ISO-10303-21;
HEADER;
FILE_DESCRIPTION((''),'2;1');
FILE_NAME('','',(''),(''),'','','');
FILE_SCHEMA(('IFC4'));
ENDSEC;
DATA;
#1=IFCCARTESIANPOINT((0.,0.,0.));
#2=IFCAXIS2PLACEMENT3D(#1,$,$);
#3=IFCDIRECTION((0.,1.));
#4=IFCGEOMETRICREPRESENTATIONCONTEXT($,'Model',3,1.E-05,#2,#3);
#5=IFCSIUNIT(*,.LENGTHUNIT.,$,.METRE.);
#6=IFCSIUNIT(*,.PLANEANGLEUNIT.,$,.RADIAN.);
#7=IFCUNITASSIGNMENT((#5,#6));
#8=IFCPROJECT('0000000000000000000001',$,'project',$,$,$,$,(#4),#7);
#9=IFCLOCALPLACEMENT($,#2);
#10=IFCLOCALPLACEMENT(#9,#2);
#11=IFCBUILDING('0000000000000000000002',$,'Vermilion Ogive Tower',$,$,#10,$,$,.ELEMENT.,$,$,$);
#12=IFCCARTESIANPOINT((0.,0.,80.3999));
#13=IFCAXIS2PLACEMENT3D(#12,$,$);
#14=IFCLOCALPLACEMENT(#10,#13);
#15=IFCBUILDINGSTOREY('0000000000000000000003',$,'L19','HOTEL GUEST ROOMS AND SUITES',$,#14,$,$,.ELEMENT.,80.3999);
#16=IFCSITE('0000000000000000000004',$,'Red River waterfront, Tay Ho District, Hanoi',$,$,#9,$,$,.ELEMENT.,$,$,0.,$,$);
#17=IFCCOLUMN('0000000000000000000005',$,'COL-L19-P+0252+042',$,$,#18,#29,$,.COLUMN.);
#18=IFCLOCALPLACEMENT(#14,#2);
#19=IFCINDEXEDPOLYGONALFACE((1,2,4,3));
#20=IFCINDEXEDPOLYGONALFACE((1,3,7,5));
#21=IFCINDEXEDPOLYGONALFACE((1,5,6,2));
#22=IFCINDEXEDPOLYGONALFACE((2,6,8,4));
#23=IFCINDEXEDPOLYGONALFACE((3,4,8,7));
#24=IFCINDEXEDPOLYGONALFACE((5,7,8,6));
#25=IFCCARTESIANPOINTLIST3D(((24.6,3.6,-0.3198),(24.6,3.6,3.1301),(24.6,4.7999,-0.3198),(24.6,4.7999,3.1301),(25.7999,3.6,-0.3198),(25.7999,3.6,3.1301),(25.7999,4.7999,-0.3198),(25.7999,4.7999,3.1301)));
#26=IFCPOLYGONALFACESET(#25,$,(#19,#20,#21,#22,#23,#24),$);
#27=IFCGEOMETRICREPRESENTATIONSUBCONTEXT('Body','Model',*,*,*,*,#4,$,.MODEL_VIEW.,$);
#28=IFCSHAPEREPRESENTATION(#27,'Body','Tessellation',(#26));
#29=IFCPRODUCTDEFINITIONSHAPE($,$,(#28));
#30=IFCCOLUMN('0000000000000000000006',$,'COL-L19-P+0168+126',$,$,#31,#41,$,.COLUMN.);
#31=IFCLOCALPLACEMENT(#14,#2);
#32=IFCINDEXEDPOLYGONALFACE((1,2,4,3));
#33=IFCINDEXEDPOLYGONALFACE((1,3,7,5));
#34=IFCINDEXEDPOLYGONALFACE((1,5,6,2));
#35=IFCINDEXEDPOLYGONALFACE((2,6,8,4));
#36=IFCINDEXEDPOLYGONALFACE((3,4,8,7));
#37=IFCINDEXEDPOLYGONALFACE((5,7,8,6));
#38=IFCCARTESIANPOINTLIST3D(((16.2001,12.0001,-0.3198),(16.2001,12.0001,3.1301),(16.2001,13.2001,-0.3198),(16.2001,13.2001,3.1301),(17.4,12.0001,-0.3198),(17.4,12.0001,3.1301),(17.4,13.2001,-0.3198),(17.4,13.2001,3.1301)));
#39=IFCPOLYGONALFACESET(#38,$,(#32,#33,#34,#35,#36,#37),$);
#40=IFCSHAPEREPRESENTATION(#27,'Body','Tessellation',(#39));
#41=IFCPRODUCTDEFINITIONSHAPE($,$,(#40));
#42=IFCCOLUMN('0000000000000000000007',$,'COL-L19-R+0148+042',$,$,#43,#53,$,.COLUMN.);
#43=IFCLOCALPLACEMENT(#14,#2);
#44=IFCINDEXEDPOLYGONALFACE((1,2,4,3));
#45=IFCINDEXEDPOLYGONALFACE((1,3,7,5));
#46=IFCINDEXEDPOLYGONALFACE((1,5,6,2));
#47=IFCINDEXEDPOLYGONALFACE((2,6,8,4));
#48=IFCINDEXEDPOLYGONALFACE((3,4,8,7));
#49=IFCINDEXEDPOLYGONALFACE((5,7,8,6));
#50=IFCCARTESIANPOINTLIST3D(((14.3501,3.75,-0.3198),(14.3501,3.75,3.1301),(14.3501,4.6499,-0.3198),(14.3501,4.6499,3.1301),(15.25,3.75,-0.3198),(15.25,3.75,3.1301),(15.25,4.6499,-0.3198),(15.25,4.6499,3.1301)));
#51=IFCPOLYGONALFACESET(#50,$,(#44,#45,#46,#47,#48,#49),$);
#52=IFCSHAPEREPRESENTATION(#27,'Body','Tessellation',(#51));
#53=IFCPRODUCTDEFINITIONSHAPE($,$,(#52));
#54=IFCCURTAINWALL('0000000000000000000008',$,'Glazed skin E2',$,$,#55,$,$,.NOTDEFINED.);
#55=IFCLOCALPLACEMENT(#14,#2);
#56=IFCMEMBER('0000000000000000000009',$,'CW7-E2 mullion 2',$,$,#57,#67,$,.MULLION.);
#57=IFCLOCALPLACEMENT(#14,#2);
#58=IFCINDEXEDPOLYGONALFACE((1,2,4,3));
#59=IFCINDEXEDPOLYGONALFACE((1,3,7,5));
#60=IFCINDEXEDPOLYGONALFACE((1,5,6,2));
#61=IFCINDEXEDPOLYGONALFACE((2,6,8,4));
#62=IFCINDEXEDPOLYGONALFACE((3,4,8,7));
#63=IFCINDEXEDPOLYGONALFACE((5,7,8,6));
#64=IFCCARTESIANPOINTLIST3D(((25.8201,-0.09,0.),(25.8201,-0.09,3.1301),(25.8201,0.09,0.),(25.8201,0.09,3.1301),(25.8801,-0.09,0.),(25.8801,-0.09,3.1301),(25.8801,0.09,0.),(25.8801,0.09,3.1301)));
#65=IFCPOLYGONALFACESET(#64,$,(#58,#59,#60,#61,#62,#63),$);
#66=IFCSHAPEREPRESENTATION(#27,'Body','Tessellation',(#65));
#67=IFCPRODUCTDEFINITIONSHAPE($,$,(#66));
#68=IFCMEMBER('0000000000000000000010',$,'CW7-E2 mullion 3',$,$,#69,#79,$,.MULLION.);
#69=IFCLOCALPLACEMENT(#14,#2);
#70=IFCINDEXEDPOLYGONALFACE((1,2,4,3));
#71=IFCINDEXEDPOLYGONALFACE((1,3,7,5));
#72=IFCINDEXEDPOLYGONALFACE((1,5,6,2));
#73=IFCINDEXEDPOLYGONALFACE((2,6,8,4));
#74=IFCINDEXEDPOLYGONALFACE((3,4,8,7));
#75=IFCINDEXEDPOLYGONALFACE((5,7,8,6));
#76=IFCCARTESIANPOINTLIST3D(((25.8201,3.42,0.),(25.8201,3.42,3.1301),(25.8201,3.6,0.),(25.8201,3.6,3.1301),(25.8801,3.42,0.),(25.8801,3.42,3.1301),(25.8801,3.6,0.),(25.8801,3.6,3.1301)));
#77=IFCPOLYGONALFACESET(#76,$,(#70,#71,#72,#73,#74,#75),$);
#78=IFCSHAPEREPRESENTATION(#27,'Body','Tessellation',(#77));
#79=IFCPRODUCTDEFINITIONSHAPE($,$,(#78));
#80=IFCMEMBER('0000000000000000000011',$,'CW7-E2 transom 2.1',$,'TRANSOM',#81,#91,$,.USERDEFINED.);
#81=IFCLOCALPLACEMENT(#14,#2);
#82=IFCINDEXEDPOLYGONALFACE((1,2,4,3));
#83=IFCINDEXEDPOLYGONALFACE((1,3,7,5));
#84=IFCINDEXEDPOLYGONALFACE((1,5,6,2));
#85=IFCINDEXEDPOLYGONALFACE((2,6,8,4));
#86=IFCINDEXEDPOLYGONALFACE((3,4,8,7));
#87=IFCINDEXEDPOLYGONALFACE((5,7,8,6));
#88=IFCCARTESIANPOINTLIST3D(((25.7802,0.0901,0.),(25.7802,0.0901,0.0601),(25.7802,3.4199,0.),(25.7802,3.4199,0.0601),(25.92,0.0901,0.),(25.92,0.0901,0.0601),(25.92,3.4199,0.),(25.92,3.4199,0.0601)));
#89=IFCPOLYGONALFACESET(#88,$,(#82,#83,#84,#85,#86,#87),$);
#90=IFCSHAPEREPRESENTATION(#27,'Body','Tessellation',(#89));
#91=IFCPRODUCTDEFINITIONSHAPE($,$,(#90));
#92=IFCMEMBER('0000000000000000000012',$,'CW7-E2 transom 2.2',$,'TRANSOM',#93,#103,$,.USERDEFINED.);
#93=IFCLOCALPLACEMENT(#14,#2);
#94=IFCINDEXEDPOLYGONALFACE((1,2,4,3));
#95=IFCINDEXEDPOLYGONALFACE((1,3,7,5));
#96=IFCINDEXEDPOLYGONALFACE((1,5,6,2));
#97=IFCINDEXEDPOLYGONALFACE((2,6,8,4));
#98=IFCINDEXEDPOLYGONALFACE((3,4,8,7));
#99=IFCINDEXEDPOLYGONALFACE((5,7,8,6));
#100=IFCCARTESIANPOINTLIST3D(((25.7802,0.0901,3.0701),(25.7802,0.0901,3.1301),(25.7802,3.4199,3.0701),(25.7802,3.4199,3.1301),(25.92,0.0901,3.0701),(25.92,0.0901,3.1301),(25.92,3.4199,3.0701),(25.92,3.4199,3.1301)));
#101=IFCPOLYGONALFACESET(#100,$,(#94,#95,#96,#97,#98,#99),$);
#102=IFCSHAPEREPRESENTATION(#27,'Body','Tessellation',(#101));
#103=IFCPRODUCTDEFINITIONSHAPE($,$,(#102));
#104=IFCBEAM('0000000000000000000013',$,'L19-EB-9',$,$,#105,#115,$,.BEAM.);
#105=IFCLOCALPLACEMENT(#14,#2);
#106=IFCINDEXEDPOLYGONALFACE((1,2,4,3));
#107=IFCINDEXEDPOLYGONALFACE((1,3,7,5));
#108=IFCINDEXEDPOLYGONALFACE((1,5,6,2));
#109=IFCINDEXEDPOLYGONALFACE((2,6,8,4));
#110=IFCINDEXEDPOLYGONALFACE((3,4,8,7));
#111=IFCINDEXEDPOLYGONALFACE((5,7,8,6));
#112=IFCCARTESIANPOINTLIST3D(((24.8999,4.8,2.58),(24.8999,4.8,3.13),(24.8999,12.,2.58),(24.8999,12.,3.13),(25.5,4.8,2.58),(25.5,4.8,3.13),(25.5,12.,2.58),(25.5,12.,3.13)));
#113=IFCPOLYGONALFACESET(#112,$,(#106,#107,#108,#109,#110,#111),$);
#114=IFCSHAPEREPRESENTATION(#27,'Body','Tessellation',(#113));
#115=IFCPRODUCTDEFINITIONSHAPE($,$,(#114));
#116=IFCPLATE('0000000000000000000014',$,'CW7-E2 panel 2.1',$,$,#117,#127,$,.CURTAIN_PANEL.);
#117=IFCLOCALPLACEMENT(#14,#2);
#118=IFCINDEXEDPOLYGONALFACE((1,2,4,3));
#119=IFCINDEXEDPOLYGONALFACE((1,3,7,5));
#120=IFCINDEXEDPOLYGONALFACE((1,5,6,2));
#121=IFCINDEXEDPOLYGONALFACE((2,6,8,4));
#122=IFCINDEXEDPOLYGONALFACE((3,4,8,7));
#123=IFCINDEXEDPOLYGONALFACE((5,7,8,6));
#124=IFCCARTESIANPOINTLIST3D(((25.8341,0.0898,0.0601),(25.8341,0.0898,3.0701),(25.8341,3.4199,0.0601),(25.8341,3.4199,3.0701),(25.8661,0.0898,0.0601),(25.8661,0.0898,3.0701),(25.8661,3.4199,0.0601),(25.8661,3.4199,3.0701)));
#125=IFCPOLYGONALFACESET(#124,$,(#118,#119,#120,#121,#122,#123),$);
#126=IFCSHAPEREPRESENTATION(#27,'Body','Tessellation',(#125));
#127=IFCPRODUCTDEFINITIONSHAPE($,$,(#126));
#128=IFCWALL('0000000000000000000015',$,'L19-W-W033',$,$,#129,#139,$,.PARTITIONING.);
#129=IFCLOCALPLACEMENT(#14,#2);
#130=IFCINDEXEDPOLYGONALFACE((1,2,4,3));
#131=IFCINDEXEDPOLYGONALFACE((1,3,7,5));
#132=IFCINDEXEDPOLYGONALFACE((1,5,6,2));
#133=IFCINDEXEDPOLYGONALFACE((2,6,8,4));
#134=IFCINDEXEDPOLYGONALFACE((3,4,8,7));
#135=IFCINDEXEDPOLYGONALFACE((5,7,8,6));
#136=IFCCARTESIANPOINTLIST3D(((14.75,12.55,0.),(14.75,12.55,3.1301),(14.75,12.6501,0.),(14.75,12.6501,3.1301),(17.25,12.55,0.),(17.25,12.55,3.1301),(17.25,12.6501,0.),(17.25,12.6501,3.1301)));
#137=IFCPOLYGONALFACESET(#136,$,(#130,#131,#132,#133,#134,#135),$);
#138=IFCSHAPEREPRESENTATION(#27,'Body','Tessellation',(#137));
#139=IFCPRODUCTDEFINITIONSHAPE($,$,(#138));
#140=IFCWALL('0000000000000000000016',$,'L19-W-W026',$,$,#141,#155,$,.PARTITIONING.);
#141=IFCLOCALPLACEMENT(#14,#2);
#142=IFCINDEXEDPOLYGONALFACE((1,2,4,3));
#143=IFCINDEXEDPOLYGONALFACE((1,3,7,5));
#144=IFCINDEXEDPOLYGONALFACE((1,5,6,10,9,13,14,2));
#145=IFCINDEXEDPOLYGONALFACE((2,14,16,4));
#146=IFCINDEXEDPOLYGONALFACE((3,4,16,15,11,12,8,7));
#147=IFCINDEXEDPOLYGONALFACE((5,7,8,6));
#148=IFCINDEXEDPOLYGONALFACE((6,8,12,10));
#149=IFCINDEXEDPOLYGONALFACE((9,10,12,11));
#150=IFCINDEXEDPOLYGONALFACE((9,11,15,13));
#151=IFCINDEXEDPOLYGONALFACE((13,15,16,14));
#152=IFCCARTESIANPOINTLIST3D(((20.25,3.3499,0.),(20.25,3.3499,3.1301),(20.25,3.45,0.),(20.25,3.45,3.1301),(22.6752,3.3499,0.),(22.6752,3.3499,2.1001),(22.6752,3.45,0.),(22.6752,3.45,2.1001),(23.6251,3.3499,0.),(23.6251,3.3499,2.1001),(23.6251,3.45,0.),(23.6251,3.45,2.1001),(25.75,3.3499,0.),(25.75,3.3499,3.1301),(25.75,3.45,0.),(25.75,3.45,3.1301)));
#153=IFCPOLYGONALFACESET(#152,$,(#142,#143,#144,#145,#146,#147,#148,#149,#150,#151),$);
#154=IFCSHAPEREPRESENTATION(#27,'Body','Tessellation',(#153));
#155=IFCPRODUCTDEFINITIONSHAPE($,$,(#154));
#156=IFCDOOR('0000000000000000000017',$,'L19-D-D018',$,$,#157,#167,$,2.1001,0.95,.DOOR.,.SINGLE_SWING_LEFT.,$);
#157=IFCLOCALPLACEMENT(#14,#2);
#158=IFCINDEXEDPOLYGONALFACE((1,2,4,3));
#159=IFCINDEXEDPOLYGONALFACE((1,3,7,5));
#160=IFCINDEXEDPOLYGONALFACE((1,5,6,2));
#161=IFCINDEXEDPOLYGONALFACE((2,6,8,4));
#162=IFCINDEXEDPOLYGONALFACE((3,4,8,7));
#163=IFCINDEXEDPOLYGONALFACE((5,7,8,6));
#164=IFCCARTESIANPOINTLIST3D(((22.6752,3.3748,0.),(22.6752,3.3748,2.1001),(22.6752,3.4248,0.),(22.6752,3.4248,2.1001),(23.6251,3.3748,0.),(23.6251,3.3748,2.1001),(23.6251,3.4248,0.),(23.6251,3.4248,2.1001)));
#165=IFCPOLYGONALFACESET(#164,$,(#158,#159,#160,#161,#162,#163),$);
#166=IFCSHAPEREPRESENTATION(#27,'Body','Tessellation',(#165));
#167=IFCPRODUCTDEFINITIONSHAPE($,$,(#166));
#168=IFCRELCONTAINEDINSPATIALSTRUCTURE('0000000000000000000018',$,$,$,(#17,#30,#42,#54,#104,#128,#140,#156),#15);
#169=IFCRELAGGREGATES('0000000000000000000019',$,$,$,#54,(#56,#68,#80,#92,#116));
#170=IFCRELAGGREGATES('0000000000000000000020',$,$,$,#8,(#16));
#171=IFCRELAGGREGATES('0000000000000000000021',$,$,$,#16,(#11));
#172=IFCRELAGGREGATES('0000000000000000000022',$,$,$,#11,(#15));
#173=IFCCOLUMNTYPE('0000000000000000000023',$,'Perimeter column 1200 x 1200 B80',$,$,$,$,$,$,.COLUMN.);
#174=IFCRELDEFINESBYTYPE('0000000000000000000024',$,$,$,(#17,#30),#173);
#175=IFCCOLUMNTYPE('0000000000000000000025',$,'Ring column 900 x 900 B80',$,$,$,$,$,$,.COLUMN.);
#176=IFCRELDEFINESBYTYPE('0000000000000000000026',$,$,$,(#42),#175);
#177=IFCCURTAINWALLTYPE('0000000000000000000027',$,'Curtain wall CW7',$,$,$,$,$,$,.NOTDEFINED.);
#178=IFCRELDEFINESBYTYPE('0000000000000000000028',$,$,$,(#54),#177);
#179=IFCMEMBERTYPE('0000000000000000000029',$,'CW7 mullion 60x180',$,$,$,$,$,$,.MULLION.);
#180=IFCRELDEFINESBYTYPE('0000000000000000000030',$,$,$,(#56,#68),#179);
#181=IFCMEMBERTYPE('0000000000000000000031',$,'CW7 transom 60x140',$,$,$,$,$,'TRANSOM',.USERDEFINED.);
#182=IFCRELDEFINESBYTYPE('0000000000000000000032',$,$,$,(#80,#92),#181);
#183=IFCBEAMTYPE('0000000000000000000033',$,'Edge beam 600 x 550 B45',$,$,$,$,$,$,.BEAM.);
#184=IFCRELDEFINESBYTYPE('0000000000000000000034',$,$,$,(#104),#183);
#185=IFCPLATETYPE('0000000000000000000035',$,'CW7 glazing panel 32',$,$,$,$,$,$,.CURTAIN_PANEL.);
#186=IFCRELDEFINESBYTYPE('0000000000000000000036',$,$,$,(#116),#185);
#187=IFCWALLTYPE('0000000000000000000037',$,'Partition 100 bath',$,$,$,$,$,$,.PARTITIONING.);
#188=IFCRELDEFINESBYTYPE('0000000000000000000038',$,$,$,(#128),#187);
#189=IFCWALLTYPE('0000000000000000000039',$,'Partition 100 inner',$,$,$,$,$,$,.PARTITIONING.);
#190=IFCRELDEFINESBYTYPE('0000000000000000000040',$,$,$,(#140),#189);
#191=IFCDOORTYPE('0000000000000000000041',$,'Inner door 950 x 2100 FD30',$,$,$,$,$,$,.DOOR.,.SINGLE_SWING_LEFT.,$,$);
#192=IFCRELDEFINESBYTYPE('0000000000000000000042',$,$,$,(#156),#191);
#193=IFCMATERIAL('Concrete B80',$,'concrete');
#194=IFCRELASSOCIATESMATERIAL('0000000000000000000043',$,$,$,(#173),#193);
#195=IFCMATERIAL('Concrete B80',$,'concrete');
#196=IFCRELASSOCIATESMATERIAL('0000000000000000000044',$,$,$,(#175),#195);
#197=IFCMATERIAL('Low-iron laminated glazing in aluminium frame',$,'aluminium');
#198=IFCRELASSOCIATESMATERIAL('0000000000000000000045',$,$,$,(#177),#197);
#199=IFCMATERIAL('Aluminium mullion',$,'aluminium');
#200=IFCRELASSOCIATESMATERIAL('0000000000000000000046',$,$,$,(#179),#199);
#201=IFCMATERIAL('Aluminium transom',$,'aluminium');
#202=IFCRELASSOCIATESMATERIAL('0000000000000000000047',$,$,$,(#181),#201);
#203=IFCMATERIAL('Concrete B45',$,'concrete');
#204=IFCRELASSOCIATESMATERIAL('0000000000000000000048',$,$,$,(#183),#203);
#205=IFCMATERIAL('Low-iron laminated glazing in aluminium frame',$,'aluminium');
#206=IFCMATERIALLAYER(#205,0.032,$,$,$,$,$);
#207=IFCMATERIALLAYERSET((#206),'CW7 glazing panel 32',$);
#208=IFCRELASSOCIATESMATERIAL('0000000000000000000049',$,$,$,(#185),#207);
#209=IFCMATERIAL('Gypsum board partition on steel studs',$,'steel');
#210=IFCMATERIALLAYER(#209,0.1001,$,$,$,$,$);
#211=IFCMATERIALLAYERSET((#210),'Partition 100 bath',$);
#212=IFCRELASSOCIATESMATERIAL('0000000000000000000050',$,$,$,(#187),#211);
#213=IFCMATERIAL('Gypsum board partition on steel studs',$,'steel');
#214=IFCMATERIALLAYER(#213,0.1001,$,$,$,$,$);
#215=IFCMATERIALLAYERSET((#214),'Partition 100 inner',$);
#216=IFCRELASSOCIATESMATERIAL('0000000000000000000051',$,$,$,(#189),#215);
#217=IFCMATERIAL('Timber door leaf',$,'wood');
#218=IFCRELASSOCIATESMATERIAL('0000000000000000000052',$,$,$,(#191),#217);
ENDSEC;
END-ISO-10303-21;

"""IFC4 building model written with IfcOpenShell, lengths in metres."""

from ifc_helpers import new_model, si_unit, direction, frame, frame_2d, origin, origin_2d, place, context, subcontext, project, spatial, rectangle, extrude, material, layer, layer_set, material_profile, profile_set, type_object, element, fill, aggregate, save


model = new_model("IFC4")

# Units and contexts
model_context = context("Model", 3, precision=1e-05, world=origin(), true_north=direction((0.0, 1.0)))
body_context = subcontext(model_context, "Body", "Model", "MODEL_VIEW")
ifc_project = project(units=[si_unit("LENGTHUNIT", "METRE"), si_unit("PLANEANGLEUNIT", "RADIAN")], contexts=[model_context])

# Site, building, storey
site_placement = place(None, origin())
site = spatial("IfcSite", under=ifc_project, at=site_placement, Name="Red River waterfront, Tay Ho District, Hanoi", CompositionType="ELEMENT", RefElevation=0.0)
building_placement = place(site_placement, origin())
building = spatial("IfcBuilding", under=site, at=building_placement, Name="Vermilion Ogive Tower", CompositionType="ELEMENT")
storey_placement = place(building_placement, frame((0.0, 0.0, 80.3999)))
storey = spatial("IfcBuildingStorey", under=building, at=storey_placement, Name="L19", Description="HOTEL GUEST ROOMS AND SUITES", CompositionType="ELEMENT", Elevation=80.3999)

# Columns
ifc_material_1 = material(Name="Concrete B80", Category="concrete")
ifc_material_profile_1 = material_profile(ifc_material_1, rectangle(XDim=1.2, YDim=1.2, at=origin_2d()), Name="1200 x 1200")
ifc_profile_set_1 = profile_set([ifc_material_profile_1], Name="Concrete B80")
column_type_1 = type_object("IfcColumnType", Name="Perimeter column 1200 x 1200 B80", PredefinedType="COLUMN", material=ifc_profile_set_1)
for number, where, z_axis, x_axis, name in (
    (1, (25.2, 4.2, -0.3198), (0.0, 0.0, 1.0), (1.0, 0.0, 0.0), "COL-L19-P+0252+042"),
    (2, (16.8, 12.6001, -0.3198), (0.0, 0.0, 1.0), (1.0, 0.0, 0.0), "COL-L19-P+0168+126"),
):
    element("IfcColumn", number, at=place(storey_placement, frame(where, z_axis=z_axis, x_axis=x_axis)), inside=storey, type_object=column_type_1, Name=name, PredefinedType="COLUMN", context=body_context, shape_type="SweptSolid", body=[
        extrude(rectangle(XDim=1.2, YDim=1.2, at=origin_2d()), origin(), (0.0, 0.0, 1.0), 3.45),
    ])
ifc_material_2 = material(Name="Concrete B80", Category="concrete")
ifc_material_profile_2 = material_profile(ifc_material_2, rectangle(XDim=0.8999, YDim=0.8999, at=origin_2d()), Name="900 x 900")
ifc_profile_set_2 = profile_set([ifc_material_profile_2], Name="Concrete B80")
column_type_2 = type_object("IfcColumnType", Name="Ring column 900 x 900 B80", PredefinedType="COLUMN", material=ifc_profile_set_2)
column_placement = place(storey_placement, frame((14.8, 4.2, -0.3198), z_axis=(0.0, 0.0, 1.0), x_axis=(1.0, 0.0, 0.0)))
element("IfcColumn", 3, at=column_placement, inside=storey, type_object=column_type_2, Name="COL-L19-R+0148+042", PredefinedType="COLUMN", context=body_context, shape_type="SweptSolid", body=[
    extrude(rectangle(XDim=0.8999, YDim=0.8999, at=origin_2d()), origin(), (0.0, 0.0, 1.0), 3.45),
])

# Curtain wall, members
ifc_material_3 = material(Name="Low-iron laminated glazing in aluminium frame", Category="aluminium")
curtain_wall_type = type_object("IfcCurtainWallType", Name="Curtain wall CW7", PredefinedType="NOTDEFINED", material=ifc_material_3)
curtain_wall_placement = place(storey_placement, origin())
curtain_wall = element("IfcCurtainWall", 4, at=curtain_wall_placement, inside=storey, type_object=curtain_wall_type, Name="Glazed skin E2", PredefinedType="NOTDEFINED")
ifc_material_4 = material(Name="Aluminium mullion", Category="aluminium")
ifc_material_profile_3 = material_profile(ifc_material_4, rectangle(XDim=0.0601, YDim=0.1799, at=origin_2d()), Name="AL 60x180")
ifc_profile_set_3 = profile_set([ifc_material_profile_3], Name="Aluminium mullion")
member_type_1 = type_object("IfcMemberType", Name="CW7 mullion 60x180", PredefinedType="MULLION", material=ifc_profile_set_3)
member_1_placement = place(storey_placement, frame((25.8501, 0.0, 0.0), z_axis=(0.0, 0.0, 1.0), x_axis=(-1.0, 0.0, 0.0)))
member_1 = element("IfcMember", 5, at=member_1_placement, type_object=member_type_1, Name="CW7-E2 mullion 2", PredefinedType="MULLION", context=body_context, shape_type="SweptSolid", body=[
    extrude(rectangle(XDim=0.0601, YDim=0.1799, at=origin_2d()), origin(), (0.0, 0.0, 1.0), 3.1301),
])
member_2_placement = place(storey_placement, frame((25.8501, 3.51, 0.0), z_axis=(0.0, 0.0, 1.0), x_axis=(-1.0, 0.0, 0.0)))
member_2 = element("IfcMember", 6, at=member_2_placement, type_object=member_type_1, Name="CW7-E2 mullion 3", PredefinedType="MULLION", context=body_context, shape_type="SweptSolid", body=[
    extrude(rectangle(XDim=0.0601, YDim=0.1799, at=origin_2d()), origin(), (0.0, 0.0, 1.0), 3.1301),
])
ifc_material_5 = material(Name="Aluminium transom", Category="aluminium")
ifc_material_profile_4 = material_profile(ifc_material_5, rectangle(XDim=0.1399, YDim=0.0601, at=origin_2d()), Name="AL 60x140")
ifc_profile_set_4 = profile_set([ifc_material_profile_4], Name="Aluminium transom")
member_type_2 = type_object("IfcMemberType", Name="CW7 transom 60x140", ElementType="TRANSOM", PredefinedType="USERDEFINED", material=ifc_profile_set_4)
member_3_placement = place(storey_placement, frame((25.8501, 0.0901, 0.03), z_axis=(0.0, 1.0, 0.0), x_axis=(-1.0, 0.0, 0.0)))
member_3 = element("IfcMember", 7, at=member_3_placement, type_object=member_type_2, Name="CW7-E2 transom 2.1", ObjectType="TRANSOM", PredefinedType="USERDEFINED", context=body_context, shape_type="SweptSolid", body=[
    extrude(rectangle(XDim=0.1399, YDim=0.0601, at=origin_2d()), origin(), (0.0, 0.0, 1.0), 3.3298),
])
member_4_placement = place(storey_placement, frame((25.8501, 0.0901, 3.1001), z_axis=(0.0, 1.0, 0.0), x_axis=(-1.0, 0.0, 0.0)))
member_4 = element("IfcMember", 8, at=member_4_placement, type_object=member_type_2, Name="CW7-E2 transom 2.2", ObjectType="TRANSOM", PredefinedType="USERDEFINED", context=body_context, shape_type="SweptSolid", body=[
    extrude(rectangle(XDim=0.1399, YDim=0.0601, at=origin_2d()), origin(), (0.0, 0.0, 1.0), 3.3298),
])

# Beam
ifc_material_6 = material(Name="Concrete B45", Category="concrete")
ifc_material_profile_5 = material_profile(ifc_material_6, rectangle(XDim=0.6001, YDim=0.55, at=origin_2d()), Name="600 x 550")
ifc_profile_set_5 = profile_set([ifc_material_profile_5], Name="Concrete B45")
beam_type = type_object("IfcBeamType", Name="Edge beam 600 x 550 B45", PredefinedType="BEAM", material=ifc_profile_set_5)
beam_placement = place(storey_placement, frame((25.2, 4.8, 2.855), z_axis=(0.0, 1.0, 0.0), x_axis=(-1.0, 0.0, 0.0)))
element("IfcBeam", 9, at=beam_placement, inside=storey, type_object=beam_type, Name="L19-EB-9", PredefinedType="BEAM", context=body_context, shape_type="SweptSolid", body=[
    extrude(rectangle(XDim=0.6001, YDim=0.55, at=origin_2d()), origin(), (0.0, 0.0, 1.0), 7.2),
])

# Plate
ifc_material_7 = material(Name="Low-iron laminated glazing in aluminium frame", Category="aluminium")
ifc_layer_1 = layer(ifc_material_7, 0.032)
ifc_layer_set_1 = layer_set([ifc_layer_1], Name="CW7 glazing panel 32")
plate_type = type_object("IfcPlateType", Name="CW7 glazing panel 32", PredefinedType="CURTAIN_PANEL", material=ifc_layer_set_1)
plate_placement = place(storey_placement, frame((25.8501, 1.7549, 0.0601), z_axis=(0.0, 0.0, 1.0), x_axis=(0.0, 1.0, 0.0)))
plate = element("IfcPlate", 10, at=plate_placement, type_object=plate_type, Name="CW7-E2 panel 2.1", PredefinedType="CURTAIN_PANEL", context=body_context, shape_type="SweptSolid", body=[
    extrude(rectangle(XDim=3.3301, YDim=0.032, at=origin_2d()), origin(), (0.0, 0.0, 1.0), 3.01),
])
aggregate(curtain_wall, [member_1, member_2, member_3, member_4, plate])

# Wall
ifc_material_8 = material(Name="Gypsum board partition on steel studs", Category="steel")
ifc_layer_2 = layer(ifc_material_8, 0.1001)
ifc_layer_set_2 = layer_set([ifc_layer_2], Name="Partition 100 bath")
wall_type_1 = type_object("IfcWallType", Name="Partition 100 bath", PredefinedType="PARTITIONING", material=ifc_layer_set_2)
wall_1_placement = place(storey_placement, frame((14.75, 12.6001, 0.0), z_axis=(0.0, 0.0, 1.0), x_axis=(1.0, 0.0, 0.0)))
element("IfcWall", 11, at=wall_1_placement, inside=storey, type_object=wall_type_1, Name="L19-W-W033", PredefinedType="PARTITIONING", context=body_context, shape_type="SweptSolid", body=[
    extrude(rectangle(XDim=2.5, YDim=0.1001, at=frame_2d((1.25, 0.0))), origin(), (0.0, 0.0, 1.0), 3.1301),
])

# Wall, opening, door
ifc_material_9 = material(Name="Gypsum board partition on steel studs", Category="steel")
ifc_layer_3 = layer(ifc_material_9, 0.1001)
ifc_layer_set_3 = layer_set([ifc_layer_3], Name="Partition 100 inner")
wall_type_2 = type_object("IfcWallType", Name="Partition 100 inner", PredefinedType="PARTITIONING", material=ifc_layer_set_3)
wall_2_placement = place(storey_placement, frame((20.25, 3.3999, 0.0), z_axis=(0.0, 0.0, 1.0), x_axis=(1.0, 0.0, 0.0)))
wall_2 = element("IfcWall", 12, at=wall_2_placement, inside=storey, type_object=wall_type_2, Name="L19-W-W026", PredefinedType="PARTITIONING", context=body_context, shape_type="SweptSolid", body=[
    extrude(rectangle(XDim=5.5, YDim=0.1001, at=frame_2d((2.75, 0.0))), origin(), (0.0, 0.0, 1.0), 3.1301),
])
opening_1_placement = place(wall_2_placement, frame((2.425, 0.0, 0.0)))
opening_1 = element("IfcOpeningElement", 13, at=opening_1_placement, cuts=wall_2, PredefinedType="OPENING", context=body_context, shape_type="SweptSolid", body=[
    extrude(rectangle(XDim=0.95, YDim=2.1001, at=frame_2d((0.4751, 1.05))), frame((0.0, 0.0601, 0.0), z_axis=(0.0, -1.0, 0.0), x_axis=(1.0, 0.0, 0.0)), (0.0, 0.0, 1.0), 0.1201),
])
ifc_material_10 = material(Name="Timber door leaf", Category="wood")
door_type_1 = type_object("IfcDoorType", Name="Inner door 950 x 2100 FD30", OperationType="SINGLE_SWING_LEFT", PredefinedType="DOOR", material=ifc_material_10)
door_1_placement = place(opening_1_placement, origin())
door_1 = element("IfcDoor", 14, at=door_1_placement, inside=storey, type_object=door_type_1, Name="L19-D-D018", OperationType="SINGLE_SWING_LEFT", OverallHeight=2.1001, OverallWidth=0.95, PredefinedType="DOOR", context=body_context, shape_type="SweptSolid", body=[
    extrude(rectangle(XDim=0.95, YDim=2.1001, at=frame_2d((0.4751, 1.05))), frame((0.0, 0.0249, 0.0), z_axis=(0.0, -1.0, 0.0), x_axis=(1.0, 0.0, 0.0)), (0.0, 0.0, 1.0), 0.05),
])
fill(opening_1, door_1)

save(model, "model.ifc")
